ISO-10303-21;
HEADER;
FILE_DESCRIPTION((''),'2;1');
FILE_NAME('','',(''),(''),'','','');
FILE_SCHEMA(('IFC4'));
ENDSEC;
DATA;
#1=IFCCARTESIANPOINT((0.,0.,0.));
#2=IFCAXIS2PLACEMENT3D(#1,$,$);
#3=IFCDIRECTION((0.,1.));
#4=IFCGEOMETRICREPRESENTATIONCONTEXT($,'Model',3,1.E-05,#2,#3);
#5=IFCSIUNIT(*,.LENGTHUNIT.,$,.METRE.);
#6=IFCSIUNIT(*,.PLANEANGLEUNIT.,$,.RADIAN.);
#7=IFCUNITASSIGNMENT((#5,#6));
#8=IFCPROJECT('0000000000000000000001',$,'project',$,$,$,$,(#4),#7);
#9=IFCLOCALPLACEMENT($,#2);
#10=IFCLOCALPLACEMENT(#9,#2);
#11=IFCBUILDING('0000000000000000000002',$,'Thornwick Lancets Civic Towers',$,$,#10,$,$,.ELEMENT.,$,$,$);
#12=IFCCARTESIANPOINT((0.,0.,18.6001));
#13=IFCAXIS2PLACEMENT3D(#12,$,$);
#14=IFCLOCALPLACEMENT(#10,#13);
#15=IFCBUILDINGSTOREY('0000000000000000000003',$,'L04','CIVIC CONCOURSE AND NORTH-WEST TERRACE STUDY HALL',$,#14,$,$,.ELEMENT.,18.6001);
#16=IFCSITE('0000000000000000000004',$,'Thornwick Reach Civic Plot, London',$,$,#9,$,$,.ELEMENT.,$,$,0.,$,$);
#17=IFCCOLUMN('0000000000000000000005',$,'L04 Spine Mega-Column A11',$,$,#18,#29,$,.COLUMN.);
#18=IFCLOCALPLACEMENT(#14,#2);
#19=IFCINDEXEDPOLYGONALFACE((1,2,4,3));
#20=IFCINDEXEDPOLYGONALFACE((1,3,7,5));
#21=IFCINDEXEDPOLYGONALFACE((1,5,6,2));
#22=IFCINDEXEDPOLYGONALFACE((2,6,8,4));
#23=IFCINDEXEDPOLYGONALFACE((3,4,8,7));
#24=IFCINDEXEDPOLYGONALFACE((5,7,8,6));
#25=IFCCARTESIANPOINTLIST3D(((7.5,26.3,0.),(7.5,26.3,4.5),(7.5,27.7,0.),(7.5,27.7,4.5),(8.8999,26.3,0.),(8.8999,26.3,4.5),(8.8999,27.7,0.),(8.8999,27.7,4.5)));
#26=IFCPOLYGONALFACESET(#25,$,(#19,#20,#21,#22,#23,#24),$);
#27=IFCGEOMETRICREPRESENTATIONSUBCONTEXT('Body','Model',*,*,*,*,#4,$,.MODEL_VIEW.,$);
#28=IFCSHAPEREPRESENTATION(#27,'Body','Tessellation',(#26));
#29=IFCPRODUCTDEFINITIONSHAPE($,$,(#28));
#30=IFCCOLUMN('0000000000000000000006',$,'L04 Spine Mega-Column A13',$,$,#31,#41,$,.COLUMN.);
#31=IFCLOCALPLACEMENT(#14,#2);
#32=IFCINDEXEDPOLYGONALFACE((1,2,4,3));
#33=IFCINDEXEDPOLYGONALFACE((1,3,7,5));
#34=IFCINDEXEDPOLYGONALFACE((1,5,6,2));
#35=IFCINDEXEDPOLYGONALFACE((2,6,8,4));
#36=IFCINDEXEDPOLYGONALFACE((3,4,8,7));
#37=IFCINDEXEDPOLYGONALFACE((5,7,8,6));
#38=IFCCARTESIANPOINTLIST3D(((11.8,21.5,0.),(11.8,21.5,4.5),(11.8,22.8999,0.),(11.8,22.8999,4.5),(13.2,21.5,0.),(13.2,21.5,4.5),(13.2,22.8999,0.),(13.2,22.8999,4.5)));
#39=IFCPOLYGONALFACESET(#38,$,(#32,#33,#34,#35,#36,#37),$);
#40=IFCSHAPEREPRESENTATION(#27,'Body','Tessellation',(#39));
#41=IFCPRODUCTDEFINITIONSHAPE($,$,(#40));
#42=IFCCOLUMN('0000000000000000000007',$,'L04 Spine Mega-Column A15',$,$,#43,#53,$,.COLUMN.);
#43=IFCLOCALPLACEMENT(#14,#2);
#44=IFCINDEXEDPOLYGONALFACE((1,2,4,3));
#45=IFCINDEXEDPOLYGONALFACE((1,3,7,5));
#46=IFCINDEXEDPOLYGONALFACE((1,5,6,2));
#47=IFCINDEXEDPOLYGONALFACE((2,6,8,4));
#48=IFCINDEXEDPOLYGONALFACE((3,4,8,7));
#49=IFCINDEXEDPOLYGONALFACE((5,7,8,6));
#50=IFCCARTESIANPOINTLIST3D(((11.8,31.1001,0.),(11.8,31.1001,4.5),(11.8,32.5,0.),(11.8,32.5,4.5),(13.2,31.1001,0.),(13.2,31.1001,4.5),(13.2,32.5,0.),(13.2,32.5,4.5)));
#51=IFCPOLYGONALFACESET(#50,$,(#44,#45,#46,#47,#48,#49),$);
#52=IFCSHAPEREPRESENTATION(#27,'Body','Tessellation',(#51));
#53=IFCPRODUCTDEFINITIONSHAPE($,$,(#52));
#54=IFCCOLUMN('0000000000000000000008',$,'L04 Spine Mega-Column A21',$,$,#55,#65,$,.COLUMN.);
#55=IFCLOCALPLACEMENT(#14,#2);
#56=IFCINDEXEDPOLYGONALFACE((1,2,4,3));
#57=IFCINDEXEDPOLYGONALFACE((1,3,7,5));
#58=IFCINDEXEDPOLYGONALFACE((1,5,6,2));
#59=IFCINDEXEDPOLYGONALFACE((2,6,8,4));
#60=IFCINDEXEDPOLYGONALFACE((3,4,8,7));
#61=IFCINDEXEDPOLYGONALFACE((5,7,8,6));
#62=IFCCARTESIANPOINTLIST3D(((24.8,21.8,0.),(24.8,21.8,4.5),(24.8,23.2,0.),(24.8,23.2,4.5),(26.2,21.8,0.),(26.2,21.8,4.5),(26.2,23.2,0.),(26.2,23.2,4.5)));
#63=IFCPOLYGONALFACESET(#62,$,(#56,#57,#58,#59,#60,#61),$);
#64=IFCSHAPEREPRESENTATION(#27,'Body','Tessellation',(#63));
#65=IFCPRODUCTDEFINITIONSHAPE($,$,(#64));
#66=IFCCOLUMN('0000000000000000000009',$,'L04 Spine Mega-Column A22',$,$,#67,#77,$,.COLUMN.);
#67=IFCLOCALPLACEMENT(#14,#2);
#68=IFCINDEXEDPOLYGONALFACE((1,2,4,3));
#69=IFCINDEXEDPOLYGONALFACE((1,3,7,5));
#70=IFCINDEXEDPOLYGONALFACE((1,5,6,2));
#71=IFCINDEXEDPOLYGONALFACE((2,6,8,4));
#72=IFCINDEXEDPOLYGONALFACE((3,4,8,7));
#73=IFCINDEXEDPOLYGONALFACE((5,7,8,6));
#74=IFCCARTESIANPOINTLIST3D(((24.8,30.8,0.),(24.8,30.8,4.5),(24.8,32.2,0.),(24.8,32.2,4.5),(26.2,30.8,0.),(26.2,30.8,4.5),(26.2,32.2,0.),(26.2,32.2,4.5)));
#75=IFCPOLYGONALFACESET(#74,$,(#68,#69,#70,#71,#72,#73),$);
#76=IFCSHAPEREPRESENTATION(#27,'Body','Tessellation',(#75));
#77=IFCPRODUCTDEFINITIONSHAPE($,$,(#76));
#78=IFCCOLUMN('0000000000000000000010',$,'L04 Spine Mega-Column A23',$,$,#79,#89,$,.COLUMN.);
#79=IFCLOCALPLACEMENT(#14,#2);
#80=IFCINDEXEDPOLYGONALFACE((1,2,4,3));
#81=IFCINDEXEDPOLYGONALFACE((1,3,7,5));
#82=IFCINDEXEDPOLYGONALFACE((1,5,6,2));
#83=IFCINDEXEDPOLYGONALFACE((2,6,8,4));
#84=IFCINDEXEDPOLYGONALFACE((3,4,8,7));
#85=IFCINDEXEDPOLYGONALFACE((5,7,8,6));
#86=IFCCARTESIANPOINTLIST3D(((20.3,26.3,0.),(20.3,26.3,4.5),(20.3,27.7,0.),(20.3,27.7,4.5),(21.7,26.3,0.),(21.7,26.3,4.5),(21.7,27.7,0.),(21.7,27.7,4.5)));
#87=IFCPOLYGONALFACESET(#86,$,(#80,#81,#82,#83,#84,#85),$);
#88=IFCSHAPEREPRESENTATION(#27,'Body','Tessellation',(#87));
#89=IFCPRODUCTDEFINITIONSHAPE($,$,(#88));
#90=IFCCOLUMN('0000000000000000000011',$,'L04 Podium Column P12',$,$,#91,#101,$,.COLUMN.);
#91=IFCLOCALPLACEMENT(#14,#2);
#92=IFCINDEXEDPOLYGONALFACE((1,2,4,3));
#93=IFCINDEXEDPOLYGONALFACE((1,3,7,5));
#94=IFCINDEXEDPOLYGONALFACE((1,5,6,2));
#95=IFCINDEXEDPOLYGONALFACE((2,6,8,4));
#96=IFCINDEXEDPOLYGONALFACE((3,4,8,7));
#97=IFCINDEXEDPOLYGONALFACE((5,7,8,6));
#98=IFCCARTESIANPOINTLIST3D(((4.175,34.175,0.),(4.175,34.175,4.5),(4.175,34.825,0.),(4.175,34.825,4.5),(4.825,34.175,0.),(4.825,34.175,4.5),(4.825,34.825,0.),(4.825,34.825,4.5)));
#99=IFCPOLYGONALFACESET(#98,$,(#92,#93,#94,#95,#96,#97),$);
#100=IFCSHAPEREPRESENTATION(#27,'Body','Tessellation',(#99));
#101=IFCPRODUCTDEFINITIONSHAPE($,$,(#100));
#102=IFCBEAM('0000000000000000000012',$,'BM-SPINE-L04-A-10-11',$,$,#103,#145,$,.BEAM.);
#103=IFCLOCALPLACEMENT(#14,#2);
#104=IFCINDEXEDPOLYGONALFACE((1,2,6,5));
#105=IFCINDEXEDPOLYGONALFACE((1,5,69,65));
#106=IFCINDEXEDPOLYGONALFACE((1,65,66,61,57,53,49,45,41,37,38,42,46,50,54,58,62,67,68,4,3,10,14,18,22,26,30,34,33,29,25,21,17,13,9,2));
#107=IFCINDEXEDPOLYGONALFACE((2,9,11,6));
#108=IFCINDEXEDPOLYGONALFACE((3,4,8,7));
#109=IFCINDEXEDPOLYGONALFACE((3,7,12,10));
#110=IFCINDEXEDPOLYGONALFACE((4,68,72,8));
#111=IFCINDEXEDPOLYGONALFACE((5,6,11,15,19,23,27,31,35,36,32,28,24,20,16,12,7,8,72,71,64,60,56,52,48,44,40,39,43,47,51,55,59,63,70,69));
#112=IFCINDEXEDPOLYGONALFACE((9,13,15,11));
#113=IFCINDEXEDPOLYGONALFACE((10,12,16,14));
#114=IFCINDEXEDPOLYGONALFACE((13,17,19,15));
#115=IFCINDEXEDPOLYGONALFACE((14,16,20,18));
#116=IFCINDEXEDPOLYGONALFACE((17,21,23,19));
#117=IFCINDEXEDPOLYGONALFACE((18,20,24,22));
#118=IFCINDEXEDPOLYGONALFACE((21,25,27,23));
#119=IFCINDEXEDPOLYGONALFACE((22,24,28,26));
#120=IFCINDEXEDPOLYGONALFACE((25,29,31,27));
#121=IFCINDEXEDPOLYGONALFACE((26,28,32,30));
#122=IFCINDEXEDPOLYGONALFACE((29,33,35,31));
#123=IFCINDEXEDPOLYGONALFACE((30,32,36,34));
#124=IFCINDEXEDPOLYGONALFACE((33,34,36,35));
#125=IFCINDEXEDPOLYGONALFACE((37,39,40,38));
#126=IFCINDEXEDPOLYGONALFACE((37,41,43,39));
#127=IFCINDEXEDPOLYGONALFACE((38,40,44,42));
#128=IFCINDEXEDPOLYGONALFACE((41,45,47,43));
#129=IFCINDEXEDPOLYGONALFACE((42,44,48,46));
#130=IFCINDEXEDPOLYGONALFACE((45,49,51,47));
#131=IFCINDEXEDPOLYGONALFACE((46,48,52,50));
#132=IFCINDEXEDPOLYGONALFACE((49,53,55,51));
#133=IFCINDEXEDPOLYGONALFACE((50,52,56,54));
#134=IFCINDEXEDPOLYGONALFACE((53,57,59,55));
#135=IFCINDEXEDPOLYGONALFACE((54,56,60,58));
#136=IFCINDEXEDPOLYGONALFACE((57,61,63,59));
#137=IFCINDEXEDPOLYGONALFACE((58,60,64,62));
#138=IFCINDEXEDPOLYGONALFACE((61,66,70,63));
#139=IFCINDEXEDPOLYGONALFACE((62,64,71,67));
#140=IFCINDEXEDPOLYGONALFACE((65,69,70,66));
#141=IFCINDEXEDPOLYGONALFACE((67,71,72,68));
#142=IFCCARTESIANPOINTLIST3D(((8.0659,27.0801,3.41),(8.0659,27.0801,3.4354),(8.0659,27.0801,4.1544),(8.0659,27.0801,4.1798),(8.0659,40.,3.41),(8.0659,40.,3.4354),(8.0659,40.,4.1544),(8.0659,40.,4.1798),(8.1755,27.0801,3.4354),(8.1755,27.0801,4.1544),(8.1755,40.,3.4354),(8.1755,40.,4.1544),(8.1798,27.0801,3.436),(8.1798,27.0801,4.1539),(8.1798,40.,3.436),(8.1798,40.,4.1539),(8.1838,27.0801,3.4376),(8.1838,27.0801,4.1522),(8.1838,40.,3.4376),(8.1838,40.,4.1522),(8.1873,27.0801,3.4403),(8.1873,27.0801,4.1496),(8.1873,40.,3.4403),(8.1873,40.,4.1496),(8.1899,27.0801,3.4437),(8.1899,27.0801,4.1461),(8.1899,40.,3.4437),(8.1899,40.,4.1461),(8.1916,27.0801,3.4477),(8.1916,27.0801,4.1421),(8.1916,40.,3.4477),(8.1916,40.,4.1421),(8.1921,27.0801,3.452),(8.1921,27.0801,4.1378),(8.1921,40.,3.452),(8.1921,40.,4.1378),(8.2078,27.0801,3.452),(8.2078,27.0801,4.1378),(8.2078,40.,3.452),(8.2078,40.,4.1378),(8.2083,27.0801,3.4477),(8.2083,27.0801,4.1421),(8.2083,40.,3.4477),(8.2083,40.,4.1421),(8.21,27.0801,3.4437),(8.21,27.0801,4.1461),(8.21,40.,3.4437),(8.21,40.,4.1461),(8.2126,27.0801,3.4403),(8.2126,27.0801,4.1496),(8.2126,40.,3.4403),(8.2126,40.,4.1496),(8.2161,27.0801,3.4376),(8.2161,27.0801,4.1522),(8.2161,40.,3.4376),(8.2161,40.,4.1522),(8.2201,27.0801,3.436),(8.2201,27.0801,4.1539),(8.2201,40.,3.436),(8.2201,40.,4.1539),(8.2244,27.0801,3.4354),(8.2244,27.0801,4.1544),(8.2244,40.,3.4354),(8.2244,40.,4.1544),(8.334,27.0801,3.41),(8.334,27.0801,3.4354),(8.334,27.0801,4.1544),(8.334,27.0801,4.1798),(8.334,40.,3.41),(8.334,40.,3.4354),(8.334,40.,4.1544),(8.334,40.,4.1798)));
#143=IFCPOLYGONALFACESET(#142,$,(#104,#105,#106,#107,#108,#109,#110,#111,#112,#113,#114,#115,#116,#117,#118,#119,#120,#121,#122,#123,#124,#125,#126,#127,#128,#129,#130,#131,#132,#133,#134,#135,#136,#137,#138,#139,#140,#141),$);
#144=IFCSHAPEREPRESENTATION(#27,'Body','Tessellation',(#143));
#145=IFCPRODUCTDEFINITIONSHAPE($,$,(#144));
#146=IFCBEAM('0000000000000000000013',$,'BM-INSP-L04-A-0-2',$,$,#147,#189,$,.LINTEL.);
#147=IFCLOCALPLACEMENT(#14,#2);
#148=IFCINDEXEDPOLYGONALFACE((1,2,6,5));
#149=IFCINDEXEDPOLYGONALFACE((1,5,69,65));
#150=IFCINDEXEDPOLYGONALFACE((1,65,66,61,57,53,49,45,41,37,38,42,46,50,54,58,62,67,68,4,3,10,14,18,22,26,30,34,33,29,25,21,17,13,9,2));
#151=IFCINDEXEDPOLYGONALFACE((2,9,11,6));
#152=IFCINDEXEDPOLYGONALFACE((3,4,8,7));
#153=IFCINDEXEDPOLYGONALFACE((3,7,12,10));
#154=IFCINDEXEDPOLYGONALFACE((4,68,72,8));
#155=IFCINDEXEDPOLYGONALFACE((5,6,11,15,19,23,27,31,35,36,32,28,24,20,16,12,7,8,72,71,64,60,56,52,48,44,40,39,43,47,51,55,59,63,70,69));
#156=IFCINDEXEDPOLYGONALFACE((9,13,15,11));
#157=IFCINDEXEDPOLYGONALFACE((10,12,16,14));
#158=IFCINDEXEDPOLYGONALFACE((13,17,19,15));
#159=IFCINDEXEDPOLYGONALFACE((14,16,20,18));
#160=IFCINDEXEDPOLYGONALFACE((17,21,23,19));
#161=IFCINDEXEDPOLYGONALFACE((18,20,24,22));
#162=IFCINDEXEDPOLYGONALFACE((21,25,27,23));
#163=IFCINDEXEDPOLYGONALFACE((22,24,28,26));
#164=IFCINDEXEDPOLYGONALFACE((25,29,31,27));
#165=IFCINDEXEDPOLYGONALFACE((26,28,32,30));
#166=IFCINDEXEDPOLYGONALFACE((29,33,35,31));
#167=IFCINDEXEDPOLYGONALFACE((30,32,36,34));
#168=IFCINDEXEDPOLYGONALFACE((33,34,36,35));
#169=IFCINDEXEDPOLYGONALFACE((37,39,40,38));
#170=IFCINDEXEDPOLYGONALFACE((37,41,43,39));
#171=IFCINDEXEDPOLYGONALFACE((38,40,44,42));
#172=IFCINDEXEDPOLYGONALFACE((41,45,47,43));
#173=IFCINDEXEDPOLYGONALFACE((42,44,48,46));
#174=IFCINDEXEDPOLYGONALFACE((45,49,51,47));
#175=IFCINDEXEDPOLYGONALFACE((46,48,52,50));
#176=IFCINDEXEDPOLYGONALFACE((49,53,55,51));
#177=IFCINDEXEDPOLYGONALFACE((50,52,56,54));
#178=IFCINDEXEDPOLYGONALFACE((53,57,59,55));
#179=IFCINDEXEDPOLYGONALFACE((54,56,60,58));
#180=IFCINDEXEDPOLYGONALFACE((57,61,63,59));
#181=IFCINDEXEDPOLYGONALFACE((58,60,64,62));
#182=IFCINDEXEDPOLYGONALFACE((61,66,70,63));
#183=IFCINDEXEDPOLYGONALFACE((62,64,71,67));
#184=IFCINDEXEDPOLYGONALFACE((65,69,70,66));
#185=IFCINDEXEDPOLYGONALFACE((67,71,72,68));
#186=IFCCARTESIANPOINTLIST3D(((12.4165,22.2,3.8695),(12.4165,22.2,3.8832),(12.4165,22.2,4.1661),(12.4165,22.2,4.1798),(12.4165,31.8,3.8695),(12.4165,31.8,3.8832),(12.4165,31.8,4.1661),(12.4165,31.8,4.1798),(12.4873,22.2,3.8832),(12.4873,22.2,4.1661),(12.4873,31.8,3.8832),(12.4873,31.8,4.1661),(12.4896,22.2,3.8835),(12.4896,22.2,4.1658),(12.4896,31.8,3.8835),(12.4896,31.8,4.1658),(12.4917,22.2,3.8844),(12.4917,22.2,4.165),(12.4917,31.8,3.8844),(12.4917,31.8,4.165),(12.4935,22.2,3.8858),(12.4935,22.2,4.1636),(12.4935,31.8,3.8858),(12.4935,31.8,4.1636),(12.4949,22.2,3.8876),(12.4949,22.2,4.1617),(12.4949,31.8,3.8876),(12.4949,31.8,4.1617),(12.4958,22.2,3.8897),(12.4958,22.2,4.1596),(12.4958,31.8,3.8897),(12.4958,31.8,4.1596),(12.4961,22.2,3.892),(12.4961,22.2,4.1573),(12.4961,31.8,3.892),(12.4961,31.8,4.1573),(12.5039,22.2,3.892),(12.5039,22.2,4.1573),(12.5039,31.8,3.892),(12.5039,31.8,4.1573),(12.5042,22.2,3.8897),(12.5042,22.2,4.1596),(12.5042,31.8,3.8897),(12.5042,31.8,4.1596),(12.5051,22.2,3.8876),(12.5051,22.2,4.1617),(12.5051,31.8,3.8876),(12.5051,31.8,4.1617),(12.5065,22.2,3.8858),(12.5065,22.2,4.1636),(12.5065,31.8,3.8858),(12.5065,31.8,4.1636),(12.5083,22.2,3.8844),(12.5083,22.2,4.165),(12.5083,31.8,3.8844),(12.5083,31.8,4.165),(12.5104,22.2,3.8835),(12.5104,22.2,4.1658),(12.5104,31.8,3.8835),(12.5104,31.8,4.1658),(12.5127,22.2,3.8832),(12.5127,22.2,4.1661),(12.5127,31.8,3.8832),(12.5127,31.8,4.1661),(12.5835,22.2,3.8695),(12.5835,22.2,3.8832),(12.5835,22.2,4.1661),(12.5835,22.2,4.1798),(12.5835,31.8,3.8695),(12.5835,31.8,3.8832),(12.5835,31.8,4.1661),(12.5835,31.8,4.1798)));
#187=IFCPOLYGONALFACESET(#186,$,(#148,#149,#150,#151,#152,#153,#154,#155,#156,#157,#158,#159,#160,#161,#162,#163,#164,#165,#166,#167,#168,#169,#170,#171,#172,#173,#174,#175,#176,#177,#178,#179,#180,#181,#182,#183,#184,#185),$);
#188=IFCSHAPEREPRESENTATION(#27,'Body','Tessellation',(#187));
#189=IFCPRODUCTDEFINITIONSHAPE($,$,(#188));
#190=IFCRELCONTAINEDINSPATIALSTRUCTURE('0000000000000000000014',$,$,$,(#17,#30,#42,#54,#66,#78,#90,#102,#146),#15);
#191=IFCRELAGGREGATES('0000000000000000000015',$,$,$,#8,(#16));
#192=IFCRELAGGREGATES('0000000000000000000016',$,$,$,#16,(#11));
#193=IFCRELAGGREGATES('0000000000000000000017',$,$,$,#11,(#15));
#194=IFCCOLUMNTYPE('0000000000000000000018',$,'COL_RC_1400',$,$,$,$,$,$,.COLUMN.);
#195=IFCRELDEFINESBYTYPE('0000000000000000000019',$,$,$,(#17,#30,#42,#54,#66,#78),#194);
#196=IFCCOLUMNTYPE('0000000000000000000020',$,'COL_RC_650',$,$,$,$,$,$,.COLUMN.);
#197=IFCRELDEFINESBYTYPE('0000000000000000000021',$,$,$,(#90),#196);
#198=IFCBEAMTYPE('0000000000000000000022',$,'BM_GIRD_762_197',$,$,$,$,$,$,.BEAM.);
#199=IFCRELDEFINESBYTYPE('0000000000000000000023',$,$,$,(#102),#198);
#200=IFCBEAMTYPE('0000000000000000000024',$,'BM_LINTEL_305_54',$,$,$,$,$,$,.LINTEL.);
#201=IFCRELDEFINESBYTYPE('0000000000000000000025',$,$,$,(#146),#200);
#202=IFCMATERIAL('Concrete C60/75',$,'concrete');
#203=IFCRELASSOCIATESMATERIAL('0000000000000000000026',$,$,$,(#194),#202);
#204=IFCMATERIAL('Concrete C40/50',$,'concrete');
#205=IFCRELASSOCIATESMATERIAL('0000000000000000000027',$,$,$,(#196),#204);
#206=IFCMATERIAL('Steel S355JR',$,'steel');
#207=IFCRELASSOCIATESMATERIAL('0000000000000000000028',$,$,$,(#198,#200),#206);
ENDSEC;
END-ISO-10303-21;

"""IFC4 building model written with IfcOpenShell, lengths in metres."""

from ifc_helpers import new_model, si_unit, direction, frame, origin, origin_2d, place, context, subcontext, project, spatial, rectangle, i_section, extrude, material, material_profile, profile_set, type_object, element, save


model = new_model("IFC4")

# Units and contexts
model_context = context("Model", 3, precision=1e-05, world=origin(), true_north=direction((0.0, 1.0)))
body_context = subcontext(model_context, "Body", "Model", "MODEL_VIEW")
ifc_project = project(units=[si_unit("LENGTHUNIT", "METRE"), si_unit("PLANEANGLEUNIT", "RADIAN")], contexts=[model_context])

# Site, building, storey
site_placement = place(None, origin())
site = spatial("IfcSite", under=ifc_project, at=site_placement, Name="Thornwick Reach Civic Plot, London", CompositionType="ELEMENT", RefElevation=0.0)
building_placement = place(site_placement, origin())
building = spatial("IfcBuilding", under=site, at=building_placement, Name="Thornwick Lancets Civic Towers", CompositionType="ELEMENT")
storey_placement = place(building_placement, frame((0.0, 0.0, 18.6001)))
storey = spatial("IfcBuildingStorey", under=building, at=storey_placement, Name="L04", Description="CIVIC CONCOURSE AND NORTH-WEST TERRACE STUDY HALL", CompositionType="ELEMENT", Elevation=18.6001)

# Columns
ifc_material_1 = material(Name="Concrete C60/75", Category="concrete")
ifc_material_profile_1 = material_profile(ifc_material_1, rectangle(XDim=1.3999, YDim=1.3999, at=origin_2d()), Name="RC 1400x1400")
ifc_profile_set_1 = profile_set([ifc_material_profile_1], Name="Concrete C60/75")
column_type_1 = type_object("IfcColumnType", Name="COL_RC_1400", PredefinedType="COLUMN", material=ifc_profile_set_1)
for number, where, z_axis, x_axis, name in (
    (1, (8.2, 27.0, 0.0), (0.0, 0.0, 1.0), (1.0, 0.0, 0.0), "L04 Spine Mega-Column A11"),
    (2, (12.5, 22.2, 0.0), (0.0, 0.0, 1.0), (1.0, 0.0, 0.0), "L04 Spine Mega-Column A13"),
    (3, (12.5, 31.8, 0.0), (0.0, 0.0, 1.0), (1.0, 0.0, 0.0), "L04 Spine Mega-Column A15"),
    (4, (25.5, 22.5, 0.0), (0.0, 0.0, 1.0), (1.0, 0.0, 0.0), "L04 Spine Mega-Column A21"),
    (5, (25.5, 31.5, 0.0), (0.0, 0.0, 1.0), (1.0, 0.0, 0.0), "L04 Spine Mega-Column A22"),
    (6, (21.0, 27.0, 0.0), (0.0, 0.0, 1.0), (1.0, 0.0, 0.0), "L04 Spine Mega-Column A23"),
):
    element("IfcColumn", number, at=place(storey_placement, frame(where, z_axis=z_axis, x_axis=x_axis)), inside=storey, type_object=column_type_1, Name=name, PredefinedType="COLUMN", context=body_context, shape_type="SweptSolid", body=[
        extrude(rectangle(XDim=1.3999, YDim=1.3999, at=origin_2d()), origin(), (0.0, 0.0, 1.0), 4.5),
    ])
ifc_material_2 = material(Name="Concrete C40/50", Category="concrete")
ifc_material_profile_2 = material_profile(ifc_material_2, rectangle(XDim=0.6499, YDim=0.6499, at=origin_2d()), Name="RC 650x650")
ifc_profile_set_2 = profile_set([ifc_material_profile_2], Name="Concrete C40/50")
column_type_2 = type_object("IfcColumnType", Name="COL_RC_650", PredefinedType="COLUMN", material=ifc_profile_set_2)
column_placement = place(storey_placement, frame((4.5, 34.5, 0.0), z_axis=(0.0, 0.0, 1.0), x_axis=(1.0, 0.0, 0.0)))
element("IfcColumn", 7, at=column_placement, inside=storey, type_object=column_type_2, Name="L04 Podium Column P12", PredefinedType="COLUMN", context=body_context, shape_type="SweptSolid", body=[
    extrude(rectangle(XDim=0.6499, YDim=0.6499, at=origin_2d()), origin(), (0.0, 0.0, 1.0), 4.5),
])

# Beams
ifc_material_3 = material(Name="Steel S355JR", Category="steel")
ifc_material_profile_3 = material_profile(ifc_material_3, i_section(OverallWidth=0.2681, OverallDepth=0.7698, WebThickness=0.0156, FlangeThickness=0.0254, FilletRadius=0.0166, at=origin_2d()), Name="UKB 762x267x197")
ifc_profile_set_3 = profile_set([ifc_material_profile_3], Name="Steel S355JR")
beam_type_1 = type_object("IfcBeamType", Name="BM_GIRD_762_197", PredefinedType="BEAM", material=ifc_profile_set_3)
beam_1_placement = place(storey_placement, frame((8.2, 27.0801, 3.7949), z_axis=(0.0, 1.0, 0.0), x_axis=(-1.0, 0.0, 0.0)))
element("IfcBeam", 8, at=beam_1_placement, inside=storey, type_object=beam_type_1, Name="BM-SPINE-L04-A-10-11", PredefinedType="BEAM", context=body_context, shape_type="SweptSolid", body=[
    extrude(i_section(OverallWidth=0.2681, OverallDepth=0.7698, WebThickness=0.0156, FlangeThickness=0.0254, FilletRadius=0.0166, at=origin_2d()), origin(), (0.0, 0.0, 1.0), 12.9199),
])
ifc_material_profile_4 = material_profile(ifc_material_3, i_section(OverallWidth=0.167, OverallDepth=0.3103, WebThickness=0.0078, FlangeThickness=0.0137, FilletRadius=0.0088, at=origin_2d()), Name="UKB 305x165x54")
ifc_profile_set_4 = profile_set([ifc_material_profile_4], Name="Steel S355JR")
beam_type_2 = type_object("IfcBeamType", Name="BM_LINTEL_305_54", PredefinedType="LINTEL", material=ifc_profile_set_4)
beam_2_placement = place(storey_placement, frame((12.5, 22.2, 4.0247), z_axis=(0.0, 1.0, 0.0), x_axis=(-1.0, 0.0, 0.0)))
element("IfcBeam", 9, at=beam_2_placement, inside=storey, type_object=beam_type_2, Name="BM-INSP-L04-A-0-2", PredefinedType="LINTEL", context=body_context, shape_type="SweptSolid", body=[
    extrude(i_section(OverallWidth=0.167, OverallDepth=0.3103, WebThickness=0.0078, FlangeThickness=0.0137, FilletRadius=0.0088, at=origin_2d()), origin(), (0.0, 0.0, 1.0), 9.6001),
])

save(model, "model.ifc")
